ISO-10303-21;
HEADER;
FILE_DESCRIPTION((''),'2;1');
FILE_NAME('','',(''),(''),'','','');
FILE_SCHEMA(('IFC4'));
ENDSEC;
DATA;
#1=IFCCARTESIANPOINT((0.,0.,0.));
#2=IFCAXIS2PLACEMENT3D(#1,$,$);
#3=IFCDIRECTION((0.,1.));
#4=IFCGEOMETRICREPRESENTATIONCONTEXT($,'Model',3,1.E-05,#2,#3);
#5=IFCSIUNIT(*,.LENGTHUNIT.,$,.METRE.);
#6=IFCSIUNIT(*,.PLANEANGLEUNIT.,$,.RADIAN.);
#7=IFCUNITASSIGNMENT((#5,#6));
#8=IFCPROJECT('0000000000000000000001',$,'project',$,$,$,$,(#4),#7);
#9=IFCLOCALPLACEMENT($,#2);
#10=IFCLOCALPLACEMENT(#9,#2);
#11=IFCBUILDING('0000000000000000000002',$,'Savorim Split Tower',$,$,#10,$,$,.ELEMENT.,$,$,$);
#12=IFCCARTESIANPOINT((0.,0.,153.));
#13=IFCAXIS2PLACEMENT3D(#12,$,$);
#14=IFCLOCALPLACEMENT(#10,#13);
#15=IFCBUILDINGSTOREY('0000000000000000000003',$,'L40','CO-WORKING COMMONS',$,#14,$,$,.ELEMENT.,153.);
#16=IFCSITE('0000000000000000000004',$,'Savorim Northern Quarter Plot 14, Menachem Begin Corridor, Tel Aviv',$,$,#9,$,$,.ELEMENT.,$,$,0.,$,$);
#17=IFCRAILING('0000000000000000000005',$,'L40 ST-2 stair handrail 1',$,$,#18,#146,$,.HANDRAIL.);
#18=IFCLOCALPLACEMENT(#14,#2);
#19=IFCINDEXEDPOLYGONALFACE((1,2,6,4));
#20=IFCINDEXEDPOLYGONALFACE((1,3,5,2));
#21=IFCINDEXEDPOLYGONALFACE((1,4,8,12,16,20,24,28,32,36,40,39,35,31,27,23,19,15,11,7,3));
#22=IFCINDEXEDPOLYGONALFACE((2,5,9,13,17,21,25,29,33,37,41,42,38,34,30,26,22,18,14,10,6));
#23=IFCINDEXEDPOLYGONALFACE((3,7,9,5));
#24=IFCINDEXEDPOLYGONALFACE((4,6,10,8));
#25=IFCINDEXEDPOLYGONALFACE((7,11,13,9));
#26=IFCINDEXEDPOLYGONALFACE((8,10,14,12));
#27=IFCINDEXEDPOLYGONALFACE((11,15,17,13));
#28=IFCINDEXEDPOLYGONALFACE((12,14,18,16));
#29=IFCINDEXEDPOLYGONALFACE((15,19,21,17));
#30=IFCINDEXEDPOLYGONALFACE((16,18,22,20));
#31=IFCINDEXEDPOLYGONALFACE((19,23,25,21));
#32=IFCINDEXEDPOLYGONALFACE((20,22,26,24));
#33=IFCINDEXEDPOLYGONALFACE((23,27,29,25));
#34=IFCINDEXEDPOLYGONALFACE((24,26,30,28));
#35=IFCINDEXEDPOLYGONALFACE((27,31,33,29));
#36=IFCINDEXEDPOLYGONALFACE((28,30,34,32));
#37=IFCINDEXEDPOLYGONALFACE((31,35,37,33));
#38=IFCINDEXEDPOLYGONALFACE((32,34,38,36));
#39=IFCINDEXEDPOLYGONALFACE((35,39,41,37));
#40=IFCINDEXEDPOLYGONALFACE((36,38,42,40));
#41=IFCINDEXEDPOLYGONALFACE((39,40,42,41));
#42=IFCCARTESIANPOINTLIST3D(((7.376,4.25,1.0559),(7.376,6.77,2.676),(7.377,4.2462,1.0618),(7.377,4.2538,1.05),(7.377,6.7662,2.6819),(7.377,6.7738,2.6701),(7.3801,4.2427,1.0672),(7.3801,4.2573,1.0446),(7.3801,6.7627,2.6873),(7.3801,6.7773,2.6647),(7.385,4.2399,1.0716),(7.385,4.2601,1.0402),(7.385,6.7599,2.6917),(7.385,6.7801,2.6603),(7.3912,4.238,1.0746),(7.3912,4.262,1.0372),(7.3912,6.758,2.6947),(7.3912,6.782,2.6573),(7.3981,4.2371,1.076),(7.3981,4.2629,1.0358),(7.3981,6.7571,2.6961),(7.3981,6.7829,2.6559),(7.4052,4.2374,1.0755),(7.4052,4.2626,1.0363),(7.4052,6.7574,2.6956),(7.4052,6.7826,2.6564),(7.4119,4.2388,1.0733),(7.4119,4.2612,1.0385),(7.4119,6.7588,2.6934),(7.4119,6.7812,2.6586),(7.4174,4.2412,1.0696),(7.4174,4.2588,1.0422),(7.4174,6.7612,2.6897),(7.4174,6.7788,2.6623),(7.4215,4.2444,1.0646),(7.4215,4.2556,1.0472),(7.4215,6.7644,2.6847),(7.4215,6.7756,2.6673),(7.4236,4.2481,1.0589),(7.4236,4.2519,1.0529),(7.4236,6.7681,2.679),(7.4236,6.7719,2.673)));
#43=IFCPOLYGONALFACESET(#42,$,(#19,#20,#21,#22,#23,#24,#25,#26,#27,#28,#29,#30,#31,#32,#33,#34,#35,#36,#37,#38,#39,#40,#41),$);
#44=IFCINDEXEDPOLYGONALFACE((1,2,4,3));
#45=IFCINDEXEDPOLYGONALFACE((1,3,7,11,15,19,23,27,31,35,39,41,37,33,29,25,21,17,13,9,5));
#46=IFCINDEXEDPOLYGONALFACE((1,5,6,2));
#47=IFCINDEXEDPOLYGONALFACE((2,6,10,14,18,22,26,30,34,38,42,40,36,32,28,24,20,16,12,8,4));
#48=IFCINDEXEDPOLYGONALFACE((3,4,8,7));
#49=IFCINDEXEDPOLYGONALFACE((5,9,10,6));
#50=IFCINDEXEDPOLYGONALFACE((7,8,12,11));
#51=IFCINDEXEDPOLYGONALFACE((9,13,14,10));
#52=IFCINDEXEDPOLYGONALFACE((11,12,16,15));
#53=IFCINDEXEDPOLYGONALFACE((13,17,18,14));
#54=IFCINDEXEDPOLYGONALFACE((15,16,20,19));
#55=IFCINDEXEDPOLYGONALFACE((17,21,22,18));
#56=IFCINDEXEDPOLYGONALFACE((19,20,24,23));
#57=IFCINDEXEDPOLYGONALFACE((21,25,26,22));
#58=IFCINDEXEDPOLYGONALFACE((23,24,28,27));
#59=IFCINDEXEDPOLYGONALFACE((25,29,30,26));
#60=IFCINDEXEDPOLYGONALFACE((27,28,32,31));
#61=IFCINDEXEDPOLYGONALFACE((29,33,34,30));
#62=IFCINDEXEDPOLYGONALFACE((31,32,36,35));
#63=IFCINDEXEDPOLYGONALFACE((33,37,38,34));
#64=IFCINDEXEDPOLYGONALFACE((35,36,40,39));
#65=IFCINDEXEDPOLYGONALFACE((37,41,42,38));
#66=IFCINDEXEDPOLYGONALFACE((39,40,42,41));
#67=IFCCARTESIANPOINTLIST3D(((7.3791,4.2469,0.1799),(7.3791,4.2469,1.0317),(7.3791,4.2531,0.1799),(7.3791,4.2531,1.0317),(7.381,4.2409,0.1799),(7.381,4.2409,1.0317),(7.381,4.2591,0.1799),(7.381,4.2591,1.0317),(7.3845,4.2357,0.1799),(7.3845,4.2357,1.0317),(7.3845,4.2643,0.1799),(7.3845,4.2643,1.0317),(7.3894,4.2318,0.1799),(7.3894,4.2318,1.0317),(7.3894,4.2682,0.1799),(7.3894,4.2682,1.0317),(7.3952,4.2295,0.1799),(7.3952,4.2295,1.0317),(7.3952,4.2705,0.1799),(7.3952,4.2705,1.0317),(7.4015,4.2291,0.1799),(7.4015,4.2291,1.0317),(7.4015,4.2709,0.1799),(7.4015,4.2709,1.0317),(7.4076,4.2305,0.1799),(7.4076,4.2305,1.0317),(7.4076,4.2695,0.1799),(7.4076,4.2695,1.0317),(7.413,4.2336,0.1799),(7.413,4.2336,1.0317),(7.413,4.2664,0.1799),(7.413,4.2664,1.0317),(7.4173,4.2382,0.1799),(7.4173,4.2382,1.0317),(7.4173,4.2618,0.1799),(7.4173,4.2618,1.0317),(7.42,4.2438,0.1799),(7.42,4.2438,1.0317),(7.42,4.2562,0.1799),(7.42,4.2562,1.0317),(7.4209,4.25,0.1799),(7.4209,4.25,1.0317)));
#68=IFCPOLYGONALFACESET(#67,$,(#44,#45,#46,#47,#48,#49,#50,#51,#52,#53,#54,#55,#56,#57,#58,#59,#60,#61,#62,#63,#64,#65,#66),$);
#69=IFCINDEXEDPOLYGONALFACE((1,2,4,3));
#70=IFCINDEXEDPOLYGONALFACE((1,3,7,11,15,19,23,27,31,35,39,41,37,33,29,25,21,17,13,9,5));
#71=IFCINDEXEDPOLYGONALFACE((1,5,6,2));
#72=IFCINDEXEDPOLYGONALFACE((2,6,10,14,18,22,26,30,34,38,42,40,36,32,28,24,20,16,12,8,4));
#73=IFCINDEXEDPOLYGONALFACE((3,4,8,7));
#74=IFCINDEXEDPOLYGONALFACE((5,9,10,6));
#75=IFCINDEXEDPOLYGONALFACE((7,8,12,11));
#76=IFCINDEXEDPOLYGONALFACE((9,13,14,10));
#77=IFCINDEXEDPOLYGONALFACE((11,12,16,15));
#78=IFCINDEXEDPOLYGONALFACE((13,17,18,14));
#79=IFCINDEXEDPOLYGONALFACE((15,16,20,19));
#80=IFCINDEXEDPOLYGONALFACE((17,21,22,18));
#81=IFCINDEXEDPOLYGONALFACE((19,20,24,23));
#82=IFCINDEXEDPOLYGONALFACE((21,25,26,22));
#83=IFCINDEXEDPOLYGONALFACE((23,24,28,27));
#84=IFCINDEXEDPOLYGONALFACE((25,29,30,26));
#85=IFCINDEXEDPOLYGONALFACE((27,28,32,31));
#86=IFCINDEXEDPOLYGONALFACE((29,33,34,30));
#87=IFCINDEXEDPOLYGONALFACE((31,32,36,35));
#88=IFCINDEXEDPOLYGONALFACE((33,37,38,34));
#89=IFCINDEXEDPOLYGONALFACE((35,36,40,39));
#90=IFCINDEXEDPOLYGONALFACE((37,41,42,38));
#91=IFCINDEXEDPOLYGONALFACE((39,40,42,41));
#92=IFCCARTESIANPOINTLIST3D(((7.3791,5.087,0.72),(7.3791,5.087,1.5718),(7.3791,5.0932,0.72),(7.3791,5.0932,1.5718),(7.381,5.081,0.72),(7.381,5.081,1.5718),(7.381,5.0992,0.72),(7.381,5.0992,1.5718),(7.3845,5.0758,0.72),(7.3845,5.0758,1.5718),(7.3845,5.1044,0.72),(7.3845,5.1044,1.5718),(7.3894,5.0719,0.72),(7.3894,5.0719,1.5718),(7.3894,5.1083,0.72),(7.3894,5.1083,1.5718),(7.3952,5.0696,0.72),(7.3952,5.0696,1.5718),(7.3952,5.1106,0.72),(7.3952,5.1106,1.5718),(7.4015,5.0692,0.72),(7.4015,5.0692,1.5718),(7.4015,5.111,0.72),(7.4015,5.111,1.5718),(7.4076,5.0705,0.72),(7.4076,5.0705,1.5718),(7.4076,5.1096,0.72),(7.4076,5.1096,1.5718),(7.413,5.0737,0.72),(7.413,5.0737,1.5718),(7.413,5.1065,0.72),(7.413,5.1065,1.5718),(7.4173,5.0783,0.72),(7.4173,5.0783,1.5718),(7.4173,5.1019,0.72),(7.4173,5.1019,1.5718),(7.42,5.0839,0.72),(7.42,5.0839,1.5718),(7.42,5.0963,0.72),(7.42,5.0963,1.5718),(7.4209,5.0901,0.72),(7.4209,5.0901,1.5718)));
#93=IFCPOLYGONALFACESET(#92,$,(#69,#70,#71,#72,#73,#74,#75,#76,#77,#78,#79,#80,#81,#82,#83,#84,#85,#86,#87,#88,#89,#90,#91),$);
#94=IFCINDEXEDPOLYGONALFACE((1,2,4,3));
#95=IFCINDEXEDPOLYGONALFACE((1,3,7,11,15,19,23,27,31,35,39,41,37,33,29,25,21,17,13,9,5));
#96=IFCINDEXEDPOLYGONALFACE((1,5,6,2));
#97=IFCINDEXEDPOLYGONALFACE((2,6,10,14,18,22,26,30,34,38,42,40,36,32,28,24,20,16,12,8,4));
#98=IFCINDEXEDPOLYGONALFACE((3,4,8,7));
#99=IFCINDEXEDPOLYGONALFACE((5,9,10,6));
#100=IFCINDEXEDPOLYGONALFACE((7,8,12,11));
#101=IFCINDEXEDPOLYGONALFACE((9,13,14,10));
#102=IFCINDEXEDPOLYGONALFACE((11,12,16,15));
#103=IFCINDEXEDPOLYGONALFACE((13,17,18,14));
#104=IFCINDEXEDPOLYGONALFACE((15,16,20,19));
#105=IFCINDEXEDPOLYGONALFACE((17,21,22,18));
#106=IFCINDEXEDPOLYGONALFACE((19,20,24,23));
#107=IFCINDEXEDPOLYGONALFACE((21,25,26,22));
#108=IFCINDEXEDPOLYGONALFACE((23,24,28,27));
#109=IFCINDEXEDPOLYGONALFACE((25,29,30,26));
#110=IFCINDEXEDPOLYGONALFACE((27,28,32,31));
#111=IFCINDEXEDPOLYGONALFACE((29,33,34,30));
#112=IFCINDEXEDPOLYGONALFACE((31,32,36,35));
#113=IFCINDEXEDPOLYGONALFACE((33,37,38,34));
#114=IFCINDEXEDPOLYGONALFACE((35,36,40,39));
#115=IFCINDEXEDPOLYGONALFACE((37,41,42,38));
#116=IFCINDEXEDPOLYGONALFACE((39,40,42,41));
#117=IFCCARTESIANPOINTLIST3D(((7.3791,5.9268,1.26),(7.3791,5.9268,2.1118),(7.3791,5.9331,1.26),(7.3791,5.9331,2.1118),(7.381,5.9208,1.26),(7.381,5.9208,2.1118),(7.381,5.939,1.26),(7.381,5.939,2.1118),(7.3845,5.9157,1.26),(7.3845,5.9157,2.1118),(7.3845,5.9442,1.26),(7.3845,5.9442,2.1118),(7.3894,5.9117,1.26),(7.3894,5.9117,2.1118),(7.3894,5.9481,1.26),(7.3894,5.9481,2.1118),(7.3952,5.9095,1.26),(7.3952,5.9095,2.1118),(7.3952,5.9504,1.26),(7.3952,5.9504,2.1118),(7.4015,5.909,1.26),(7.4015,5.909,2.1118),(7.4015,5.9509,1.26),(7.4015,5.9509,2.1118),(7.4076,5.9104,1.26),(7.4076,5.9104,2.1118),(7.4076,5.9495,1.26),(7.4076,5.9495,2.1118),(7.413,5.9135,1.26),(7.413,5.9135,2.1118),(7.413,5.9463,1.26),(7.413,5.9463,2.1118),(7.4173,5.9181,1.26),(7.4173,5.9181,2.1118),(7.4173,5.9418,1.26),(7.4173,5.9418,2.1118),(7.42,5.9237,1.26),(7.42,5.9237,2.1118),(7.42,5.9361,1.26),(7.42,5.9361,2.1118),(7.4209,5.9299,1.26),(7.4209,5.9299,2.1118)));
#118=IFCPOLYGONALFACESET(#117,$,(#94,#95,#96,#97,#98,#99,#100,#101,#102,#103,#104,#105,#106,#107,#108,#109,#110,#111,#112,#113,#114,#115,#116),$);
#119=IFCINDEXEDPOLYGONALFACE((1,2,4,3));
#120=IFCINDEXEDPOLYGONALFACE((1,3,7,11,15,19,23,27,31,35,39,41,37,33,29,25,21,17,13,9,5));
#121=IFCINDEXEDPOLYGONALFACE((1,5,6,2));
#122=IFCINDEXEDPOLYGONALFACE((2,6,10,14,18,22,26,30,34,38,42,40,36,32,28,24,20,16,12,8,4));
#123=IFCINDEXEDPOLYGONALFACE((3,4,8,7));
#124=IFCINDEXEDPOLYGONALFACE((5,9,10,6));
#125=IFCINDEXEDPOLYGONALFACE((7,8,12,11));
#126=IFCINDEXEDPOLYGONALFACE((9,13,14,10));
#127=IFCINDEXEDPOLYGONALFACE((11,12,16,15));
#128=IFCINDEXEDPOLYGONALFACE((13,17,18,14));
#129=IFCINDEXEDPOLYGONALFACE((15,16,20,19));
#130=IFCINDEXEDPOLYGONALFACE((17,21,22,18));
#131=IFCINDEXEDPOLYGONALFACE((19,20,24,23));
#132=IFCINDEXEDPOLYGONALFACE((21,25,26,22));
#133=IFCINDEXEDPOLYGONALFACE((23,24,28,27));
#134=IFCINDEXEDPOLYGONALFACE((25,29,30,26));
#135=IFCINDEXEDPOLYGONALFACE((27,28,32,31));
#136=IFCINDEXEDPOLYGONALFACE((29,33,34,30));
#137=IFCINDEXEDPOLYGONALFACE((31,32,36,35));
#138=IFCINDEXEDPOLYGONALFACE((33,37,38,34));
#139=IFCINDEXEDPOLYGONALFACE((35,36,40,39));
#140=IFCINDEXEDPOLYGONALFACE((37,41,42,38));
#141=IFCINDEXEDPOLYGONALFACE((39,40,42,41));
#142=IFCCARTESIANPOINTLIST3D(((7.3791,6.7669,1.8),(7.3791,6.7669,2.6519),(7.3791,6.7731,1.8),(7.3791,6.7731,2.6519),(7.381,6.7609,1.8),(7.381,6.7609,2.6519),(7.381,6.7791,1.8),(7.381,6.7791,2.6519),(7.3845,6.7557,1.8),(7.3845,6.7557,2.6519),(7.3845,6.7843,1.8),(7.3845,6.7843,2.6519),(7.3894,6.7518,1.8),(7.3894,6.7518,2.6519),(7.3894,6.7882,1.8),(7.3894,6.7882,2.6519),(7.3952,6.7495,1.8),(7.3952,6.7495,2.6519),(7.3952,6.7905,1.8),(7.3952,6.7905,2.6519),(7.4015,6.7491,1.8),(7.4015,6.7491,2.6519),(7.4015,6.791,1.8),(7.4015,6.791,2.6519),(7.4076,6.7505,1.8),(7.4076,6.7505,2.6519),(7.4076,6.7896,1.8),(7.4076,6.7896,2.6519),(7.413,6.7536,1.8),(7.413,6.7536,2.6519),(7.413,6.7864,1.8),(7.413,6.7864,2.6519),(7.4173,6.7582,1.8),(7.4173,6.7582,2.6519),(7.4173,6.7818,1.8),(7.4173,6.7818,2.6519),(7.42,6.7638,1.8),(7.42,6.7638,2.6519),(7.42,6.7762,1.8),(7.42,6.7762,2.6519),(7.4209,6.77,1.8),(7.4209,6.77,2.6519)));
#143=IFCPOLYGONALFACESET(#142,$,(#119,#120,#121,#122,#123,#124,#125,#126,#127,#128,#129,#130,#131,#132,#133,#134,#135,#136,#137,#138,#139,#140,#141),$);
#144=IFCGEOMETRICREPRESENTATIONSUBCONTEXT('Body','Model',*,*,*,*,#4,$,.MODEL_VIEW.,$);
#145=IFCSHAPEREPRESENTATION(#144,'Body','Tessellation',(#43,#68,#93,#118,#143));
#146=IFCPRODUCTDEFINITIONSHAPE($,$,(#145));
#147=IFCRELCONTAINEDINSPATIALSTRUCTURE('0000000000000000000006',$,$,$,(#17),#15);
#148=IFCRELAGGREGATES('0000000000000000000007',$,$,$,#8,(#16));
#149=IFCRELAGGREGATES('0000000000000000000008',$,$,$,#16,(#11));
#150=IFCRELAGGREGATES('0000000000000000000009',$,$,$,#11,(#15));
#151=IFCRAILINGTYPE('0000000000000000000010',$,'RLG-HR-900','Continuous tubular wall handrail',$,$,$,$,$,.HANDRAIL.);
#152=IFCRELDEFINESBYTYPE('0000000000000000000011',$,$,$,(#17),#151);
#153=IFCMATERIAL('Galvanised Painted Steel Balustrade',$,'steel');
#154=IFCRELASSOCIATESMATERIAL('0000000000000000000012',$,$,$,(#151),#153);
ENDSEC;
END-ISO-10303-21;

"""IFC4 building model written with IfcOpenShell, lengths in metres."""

from ifc_helpers import new_model, si_unit, direction, frame, origin, origin_2d, place, context, subcontext, project, spatial, circle, extrude, material, type_object, element, save


model = new_model("IFC4")

# Units and contexts
model_context = context("Model", 3, precision=1e-05, world=origin(), true_north=direction((0.0, 1.0)))
body_context = subcontext(model_context, "Body", "Model", "MODEL_VIEW")
ifc_project = project(units=[si_unit("LENGTHUNIT", "METRE"), si_unit("PLANEANGLEUNIT", "RADIAN")], contexts=[model_context])

# Site, building, storey
site_placement = place(None, origin())
site = spatial("IfcSite", under=ifc_project, at=site_placement, Name="Savorim Northern Quarter Plot 14, Menachem Begin Corridor, Tel Aviv", CompositionType="ELEMENT", RefElevation=0.0)
building_placement = place(site_placement, origin())
building = spatial("IfcBuilding", under=site, at=building_placement, Name="Savorim Split Tower", CompositionType="ELEMENT")
storey_placement = place(building_placement, frame((0.0, 0.0, 153.0)))
storey = spatial("IfcBuildingStorey", under=building, at=storey_placement, Name="L40", Description="CO-WORKING COMMONS", CompositionType="ELEMENT", Elevation=153.0)

# Railing
ifc_material_1 = material(Name="Galvanised Painted Steel Balustrade", Category="steel")
railing_type_1 = type_object("IfcRailingType", Name="RLG-HR-900", Description="Continuous tubular wall handrail", PredefinedType="HANDRAIL", material=ifc_material_1)
railing_1_placement = place(storey_placement, frame((7.3999, 4.25, 0.1799)))
element("IfcRailing", 1, at=railing_1_placement, inside=storey, type_object=railing_type_1, Name="L40 ST-2 stair handrail 1", PredefinedType="HANDRAIL", context=body_context, shape_type="SweptSolid", body=[
    extrude(circle(Radius=0.0239, at=origin_2d()), frame((0.0, 0.0, 0.876), z_axis=(0.0, 0.841163, 0.540782), x_axis=(-1.0, 0.0, 0.0)), (0.0, 0.0, 1.0), 2.9958),
    extrude(circle(Radius=0.021, at=origin_2d()), origin(), (0.0, 0.0, 1.0), 0.8518),
    extrude(circle(Radius=0.021, at=origin_2d()), frame((0.0, 0.8401, 0.54)), (0.0, 0.0, 1.0), 0.8518),
    extrude(circle(Radius=0.021, at=origin_2d()), frame((0.0, 1.6799, 1.0801)), (0.0, 0.0, 1.0), 0.8518),
    extrude(circle(Radius=0.021, at=origin_2d()), frame((0.0, 2.52, 1.6201)), (0.0, 0.0, 1.0), 0.8518),
])

save(model, "model.ifc")
